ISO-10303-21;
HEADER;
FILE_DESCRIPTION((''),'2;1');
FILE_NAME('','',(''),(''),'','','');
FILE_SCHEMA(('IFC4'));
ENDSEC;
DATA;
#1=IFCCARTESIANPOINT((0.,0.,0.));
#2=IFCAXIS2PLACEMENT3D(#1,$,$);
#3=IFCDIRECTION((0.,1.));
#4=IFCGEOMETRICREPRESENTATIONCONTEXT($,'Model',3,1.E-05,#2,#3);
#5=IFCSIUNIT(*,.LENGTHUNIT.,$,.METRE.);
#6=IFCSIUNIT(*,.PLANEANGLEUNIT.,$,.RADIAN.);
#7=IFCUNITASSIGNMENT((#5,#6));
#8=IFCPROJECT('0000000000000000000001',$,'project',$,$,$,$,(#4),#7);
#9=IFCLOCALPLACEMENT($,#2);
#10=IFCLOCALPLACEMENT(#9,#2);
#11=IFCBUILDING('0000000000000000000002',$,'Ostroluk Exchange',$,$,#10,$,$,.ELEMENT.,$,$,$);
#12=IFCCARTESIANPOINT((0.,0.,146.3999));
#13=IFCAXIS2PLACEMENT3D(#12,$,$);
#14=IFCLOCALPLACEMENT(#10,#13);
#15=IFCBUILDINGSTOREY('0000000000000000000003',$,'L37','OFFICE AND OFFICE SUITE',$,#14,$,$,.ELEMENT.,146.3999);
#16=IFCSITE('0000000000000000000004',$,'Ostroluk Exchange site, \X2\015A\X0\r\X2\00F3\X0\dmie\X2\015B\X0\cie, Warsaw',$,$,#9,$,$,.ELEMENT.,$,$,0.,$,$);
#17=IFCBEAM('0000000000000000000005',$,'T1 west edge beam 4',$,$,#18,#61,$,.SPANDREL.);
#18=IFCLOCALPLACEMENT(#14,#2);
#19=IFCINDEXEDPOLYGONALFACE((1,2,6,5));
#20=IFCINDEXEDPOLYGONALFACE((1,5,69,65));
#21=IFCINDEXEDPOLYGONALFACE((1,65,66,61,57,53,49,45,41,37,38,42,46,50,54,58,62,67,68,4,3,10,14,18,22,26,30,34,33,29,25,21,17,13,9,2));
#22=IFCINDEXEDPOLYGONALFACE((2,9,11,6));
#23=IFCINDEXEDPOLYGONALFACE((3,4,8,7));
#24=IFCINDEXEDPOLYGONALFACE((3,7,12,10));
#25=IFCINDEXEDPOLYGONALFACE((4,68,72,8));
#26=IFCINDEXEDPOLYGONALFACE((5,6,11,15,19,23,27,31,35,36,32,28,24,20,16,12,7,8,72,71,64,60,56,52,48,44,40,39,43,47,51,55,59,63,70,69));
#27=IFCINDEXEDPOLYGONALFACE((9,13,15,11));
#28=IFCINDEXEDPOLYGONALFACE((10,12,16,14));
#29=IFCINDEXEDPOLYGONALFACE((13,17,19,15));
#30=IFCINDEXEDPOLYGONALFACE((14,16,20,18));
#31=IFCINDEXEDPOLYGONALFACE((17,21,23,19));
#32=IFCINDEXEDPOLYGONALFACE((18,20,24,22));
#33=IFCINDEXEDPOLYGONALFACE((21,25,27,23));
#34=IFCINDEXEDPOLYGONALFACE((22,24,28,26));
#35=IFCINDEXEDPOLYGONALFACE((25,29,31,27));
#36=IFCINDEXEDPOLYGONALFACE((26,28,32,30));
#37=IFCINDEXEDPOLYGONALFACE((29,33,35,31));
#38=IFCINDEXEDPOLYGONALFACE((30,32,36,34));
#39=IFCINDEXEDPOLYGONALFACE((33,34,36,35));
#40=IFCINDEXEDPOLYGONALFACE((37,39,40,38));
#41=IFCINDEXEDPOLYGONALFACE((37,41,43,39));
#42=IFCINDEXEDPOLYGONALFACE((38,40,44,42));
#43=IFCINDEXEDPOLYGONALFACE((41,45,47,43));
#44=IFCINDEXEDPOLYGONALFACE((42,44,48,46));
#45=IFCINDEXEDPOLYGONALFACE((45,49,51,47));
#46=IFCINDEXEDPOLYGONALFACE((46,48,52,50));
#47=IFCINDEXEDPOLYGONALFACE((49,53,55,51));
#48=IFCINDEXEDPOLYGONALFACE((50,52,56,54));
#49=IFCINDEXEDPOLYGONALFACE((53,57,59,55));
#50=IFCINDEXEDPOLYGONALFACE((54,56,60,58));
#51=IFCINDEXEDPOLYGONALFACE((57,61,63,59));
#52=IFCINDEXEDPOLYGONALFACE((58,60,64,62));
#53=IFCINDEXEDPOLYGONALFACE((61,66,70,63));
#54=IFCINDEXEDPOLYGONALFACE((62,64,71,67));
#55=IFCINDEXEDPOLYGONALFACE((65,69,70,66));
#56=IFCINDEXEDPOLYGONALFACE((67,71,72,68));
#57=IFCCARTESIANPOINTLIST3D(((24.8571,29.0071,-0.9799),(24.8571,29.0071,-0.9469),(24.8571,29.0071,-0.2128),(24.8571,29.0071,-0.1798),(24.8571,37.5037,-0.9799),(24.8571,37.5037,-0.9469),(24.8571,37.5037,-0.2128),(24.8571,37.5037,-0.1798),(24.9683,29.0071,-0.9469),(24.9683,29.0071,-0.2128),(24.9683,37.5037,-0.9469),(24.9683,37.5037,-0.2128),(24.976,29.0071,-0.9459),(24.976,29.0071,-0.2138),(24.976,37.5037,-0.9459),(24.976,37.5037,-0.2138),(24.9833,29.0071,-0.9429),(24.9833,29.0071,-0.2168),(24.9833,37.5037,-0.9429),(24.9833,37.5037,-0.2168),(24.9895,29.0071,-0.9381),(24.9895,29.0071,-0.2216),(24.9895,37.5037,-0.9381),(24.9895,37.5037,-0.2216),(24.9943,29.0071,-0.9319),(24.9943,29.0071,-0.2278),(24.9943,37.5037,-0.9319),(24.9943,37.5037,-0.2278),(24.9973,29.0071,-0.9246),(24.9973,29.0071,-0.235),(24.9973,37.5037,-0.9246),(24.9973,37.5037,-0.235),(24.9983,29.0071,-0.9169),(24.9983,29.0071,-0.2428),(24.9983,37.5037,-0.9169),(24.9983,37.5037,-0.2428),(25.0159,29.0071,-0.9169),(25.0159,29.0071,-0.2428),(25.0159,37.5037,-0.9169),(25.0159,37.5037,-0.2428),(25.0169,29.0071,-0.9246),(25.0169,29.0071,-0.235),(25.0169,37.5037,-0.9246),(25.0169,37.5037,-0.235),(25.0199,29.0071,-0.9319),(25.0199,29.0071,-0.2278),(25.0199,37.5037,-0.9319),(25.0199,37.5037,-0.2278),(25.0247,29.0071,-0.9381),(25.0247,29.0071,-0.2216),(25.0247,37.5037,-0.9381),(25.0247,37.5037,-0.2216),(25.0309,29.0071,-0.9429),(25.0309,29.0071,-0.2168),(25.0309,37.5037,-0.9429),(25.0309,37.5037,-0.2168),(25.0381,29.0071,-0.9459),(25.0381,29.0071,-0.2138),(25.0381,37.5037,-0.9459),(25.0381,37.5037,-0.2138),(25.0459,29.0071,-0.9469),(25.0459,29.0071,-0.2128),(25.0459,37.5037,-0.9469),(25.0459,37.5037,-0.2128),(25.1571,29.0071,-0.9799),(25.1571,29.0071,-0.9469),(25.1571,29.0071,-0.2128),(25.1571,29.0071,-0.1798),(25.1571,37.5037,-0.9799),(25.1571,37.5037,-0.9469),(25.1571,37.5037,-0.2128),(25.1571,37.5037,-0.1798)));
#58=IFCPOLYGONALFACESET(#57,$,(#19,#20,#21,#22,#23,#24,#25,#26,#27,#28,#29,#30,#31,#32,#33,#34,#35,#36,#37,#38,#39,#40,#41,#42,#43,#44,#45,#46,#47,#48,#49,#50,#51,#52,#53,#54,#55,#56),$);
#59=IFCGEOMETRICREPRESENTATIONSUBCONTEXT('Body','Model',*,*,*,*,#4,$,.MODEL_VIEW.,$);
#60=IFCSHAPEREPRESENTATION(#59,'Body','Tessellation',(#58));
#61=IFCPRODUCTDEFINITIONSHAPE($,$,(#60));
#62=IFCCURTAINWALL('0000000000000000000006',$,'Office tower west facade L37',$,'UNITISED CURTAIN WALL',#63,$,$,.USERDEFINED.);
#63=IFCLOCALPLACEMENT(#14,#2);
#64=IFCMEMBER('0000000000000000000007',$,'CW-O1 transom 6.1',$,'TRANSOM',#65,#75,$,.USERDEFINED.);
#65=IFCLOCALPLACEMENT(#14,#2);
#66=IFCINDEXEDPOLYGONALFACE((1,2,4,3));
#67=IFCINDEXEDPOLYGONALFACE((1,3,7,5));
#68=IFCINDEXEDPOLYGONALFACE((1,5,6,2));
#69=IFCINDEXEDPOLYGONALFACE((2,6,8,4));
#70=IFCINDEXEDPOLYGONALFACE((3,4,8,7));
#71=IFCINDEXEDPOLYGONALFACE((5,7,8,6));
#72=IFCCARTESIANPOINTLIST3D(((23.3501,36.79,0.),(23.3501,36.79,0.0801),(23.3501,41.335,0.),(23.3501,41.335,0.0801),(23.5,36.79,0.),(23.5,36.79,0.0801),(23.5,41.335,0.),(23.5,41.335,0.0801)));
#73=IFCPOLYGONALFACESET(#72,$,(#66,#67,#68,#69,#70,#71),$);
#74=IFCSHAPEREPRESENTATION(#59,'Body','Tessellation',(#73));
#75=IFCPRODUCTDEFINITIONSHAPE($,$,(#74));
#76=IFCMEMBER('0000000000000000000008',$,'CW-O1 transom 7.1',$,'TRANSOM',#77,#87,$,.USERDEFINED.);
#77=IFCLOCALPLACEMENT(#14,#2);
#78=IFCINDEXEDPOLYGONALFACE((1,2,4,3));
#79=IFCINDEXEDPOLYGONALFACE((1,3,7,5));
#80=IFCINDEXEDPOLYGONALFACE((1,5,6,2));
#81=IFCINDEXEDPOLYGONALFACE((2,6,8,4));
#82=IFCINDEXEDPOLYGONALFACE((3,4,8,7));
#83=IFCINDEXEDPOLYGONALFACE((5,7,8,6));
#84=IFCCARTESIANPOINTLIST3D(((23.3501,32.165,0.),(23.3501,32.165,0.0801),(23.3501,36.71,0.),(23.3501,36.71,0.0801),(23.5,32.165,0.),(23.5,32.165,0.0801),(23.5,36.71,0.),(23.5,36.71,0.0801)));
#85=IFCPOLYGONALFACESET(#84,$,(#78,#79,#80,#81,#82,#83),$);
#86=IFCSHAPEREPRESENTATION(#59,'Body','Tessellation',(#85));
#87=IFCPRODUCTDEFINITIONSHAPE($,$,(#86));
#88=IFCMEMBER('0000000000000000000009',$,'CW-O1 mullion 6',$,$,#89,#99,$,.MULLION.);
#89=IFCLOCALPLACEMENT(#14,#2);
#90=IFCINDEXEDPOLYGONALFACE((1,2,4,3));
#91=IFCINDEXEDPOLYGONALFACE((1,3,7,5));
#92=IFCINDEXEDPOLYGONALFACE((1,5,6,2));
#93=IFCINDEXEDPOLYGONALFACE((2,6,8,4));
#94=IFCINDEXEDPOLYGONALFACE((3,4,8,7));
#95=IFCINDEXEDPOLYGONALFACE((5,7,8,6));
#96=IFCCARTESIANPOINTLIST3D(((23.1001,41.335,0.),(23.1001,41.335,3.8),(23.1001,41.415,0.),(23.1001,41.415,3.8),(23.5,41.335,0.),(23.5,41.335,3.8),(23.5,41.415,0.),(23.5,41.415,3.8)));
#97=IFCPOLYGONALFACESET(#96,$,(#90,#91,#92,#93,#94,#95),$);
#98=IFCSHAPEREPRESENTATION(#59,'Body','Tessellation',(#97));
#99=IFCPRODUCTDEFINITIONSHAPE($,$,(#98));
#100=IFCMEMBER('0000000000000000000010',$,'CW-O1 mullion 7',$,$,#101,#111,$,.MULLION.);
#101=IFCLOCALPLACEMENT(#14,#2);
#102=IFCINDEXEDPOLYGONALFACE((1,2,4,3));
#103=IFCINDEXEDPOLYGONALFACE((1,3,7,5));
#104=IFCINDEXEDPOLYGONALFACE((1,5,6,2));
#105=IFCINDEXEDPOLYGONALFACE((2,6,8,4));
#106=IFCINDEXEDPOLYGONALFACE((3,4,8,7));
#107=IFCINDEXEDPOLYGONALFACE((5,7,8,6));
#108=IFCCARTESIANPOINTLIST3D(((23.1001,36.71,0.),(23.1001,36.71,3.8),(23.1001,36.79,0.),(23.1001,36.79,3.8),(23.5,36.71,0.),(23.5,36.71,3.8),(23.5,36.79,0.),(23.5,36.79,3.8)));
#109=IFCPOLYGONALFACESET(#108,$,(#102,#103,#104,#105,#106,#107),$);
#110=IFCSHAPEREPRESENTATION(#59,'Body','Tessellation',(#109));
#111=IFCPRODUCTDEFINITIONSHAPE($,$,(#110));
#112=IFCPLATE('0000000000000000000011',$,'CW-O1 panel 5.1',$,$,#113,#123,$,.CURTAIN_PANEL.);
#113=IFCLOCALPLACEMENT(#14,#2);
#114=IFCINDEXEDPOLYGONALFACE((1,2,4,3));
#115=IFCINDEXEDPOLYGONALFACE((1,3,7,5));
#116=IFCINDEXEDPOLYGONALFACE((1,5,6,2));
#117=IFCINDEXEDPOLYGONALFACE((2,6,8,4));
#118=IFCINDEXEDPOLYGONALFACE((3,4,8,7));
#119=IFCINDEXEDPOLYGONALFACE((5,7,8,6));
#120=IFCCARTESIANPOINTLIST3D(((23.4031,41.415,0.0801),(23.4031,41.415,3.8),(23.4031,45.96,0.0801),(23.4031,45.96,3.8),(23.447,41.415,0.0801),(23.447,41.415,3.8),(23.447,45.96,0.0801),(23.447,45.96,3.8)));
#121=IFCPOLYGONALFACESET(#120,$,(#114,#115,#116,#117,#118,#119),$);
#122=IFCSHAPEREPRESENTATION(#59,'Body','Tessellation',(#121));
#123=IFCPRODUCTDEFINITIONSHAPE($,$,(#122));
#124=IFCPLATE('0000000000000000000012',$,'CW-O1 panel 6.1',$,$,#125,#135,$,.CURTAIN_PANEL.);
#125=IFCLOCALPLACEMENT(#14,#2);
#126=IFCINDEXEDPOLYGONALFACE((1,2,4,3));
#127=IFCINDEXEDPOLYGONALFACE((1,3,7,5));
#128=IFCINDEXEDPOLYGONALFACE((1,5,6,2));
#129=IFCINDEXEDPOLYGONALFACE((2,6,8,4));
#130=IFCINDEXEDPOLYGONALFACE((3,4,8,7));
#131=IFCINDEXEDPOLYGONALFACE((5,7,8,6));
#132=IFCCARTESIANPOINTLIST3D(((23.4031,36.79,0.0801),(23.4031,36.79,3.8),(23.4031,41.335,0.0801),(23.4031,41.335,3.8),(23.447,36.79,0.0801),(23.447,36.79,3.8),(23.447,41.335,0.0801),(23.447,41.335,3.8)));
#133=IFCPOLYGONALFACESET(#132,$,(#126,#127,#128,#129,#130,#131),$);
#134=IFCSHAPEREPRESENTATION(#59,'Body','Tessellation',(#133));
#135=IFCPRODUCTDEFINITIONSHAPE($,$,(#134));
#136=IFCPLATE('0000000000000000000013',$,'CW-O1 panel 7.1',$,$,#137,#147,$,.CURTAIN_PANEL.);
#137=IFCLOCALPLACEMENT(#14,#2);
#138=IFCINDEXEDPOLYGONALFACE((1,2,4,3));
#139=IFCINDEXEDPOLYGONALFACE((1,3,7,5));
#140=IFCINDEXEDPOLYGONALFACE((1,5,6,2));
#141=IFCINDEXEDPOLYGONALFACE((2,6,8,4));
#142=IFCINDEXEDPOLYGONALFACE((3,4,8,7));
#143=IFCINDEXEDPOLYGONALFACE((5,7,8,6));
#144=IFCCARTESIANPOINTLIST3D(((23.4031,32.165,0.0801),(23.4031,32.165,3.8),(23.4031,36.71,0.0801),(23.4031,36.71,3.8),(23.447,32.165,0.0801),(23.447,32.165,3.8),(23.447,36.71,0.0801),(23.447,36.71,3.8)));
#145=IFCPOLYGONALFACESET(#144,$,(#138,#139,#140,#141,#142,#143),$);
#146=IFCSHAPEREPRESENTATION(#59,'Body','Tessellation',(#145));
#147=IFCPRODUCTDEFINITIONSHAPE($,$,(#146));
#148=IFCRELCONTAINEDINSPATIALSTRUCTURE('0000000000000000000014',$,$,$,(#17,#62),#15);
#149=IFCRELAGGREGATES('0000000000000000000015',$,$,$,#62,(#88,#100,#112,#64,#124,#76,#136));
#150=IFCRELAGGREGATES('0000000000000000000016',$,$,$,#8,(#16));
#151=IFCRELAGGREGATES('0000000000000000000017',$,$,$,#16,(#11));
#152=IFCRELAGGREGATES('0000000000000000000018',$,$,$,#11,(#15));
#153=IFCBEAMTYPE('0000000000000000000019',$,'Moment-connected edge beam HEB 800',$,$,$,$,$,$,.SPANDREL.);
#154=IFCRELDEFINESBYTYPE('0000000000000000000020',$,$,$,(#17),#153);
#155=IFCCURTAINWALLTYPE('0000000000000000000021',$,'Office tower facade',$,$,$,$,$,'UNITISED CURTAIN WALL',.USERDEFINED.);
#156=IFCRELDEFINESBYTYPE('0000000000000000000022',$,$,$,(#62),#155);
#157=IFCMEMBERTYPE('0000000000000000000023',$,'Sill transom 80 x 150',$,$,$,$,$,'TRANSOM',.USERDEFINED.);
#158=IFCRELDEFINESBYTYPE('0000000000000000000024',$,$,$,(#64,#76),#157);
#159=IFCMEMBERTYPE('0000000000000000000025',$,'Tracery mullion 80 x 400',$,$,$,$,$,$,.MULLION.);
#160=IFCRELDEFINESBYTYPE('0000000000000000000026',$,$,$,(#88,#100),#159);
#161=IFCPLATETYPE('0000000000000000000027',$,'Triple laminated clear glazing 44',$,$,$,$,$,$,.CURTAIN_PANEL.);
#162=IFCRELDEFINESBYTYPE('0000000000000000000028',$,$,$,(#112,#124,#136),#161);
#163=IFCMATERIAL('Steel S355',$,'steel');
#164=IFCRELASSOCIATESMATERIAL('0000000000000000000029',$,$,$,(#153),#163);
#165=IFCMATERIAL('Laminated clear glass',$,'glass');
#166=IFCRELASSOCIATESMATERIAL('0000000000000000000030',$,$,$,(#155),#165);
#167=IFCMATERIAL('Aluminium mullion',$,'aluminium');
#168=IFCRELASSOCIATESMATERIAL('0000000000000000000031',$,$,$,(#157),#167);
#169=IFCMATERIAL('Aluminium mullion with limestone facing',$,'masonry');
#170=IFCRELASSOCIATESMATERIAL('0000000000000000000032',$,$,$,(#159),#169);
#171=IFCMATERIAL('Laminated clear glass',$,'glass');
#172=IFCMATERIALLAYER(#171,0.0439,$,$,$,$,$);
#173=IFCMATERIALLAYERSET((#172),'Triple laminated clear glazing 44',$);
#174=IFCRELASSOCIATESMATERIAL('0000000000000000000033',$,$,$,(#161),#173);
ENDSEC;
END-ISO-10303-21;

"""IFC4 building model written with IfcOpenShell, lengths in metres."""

from ifc_helpers import new_model, si_unit, direction, frame, origin, origin_2d, place, context, subcontext, project, spatial, rectangle, i_section, extrude, material, layer, layer_set, material_profile, profile_set, type_object, element, aggregate, save


model = new_model("IFC4")

# Units and contexts
model_context = context("Model", 3, precision=1e-05, world=origin(), true_north=direction((0.0, 1.0)))
body_context = subcontext(model_context, "Body", "Model", "MODEL_VIEW")
ifc_project = project(units=[si_unit("LENGTHUNIT", "METRE"), si_unit("PLANEANGLEUNIT", "RADIAN")], contexts=[model_context])

# Site, building, storey
site_placement = place(None, origin())
site = spatial("IfcSite", under=ifc_project, at=site_placement, Name="Ostroluk Exchange site, Śródmieście, Warsaw", CompositionType="ELEMENT", RefElevation=0.0)
building_placement = place(site_placement, origin())
building = spatial("IfcBuilding", under=site, at=building_placement, Name="Ostroluk Exchange", CompositionType="ELEMENT")
storey_placement = place(building_placement, frame((0.0, 0.0, 146.3999)))
storey = spatial("IfcBuildingStorey", under=building, at=storey_placement, Name="L37", Description="OFFICE AND OFFICE SUITE", CompositionType="ELEMENT", Elevation=146.3999)

# Beam
ifc_material_1 = material(Name="Steel S355", Category="steel")
ifc_material_profile_1 = material_profile(ifc_material_1, i_section(OverallWidth=0.3, OverallDepth=0.8, WebThickness=0.0176, FlangeThickness=0.033, FilletRadius=0.03, at=origin_2d()), Name="HEB 800")
ifc_profile_set_1 = profile_set([ifc_material_profile_1], Name="Steel S355")
beam_type_1 = type_object("IfcBeamType", Name="Moment-connected edge beam HEB 800", PredefinedType="SPANDREL", material=ifc_profile_set_1)
beam_placement = place(storey_placement, frame((25.0071, 37.5037, -0.5798), z_axis=(0.0, -1.0, 0.0), x_axis=(1.0, 0.0, 0.0)))
element("IfcBeam", 1, at=beam_placement, inside=storey, type_object=beam_type_1, Name="T1 west edge beam 4", PredefinedType="SPANDREL", context=body_context, shape_type="SweptSolid", body=[
    extrude(i_section(OverallWidth=0.3, OverallDepth=0.8, WebThickness=0.0176, FlangeThickness=0.033, FilletRadius=0.03, at=origin_2d()), origin(), (0.0, 0.0, 1.0), 8.4966),
])

# Curtain wall, members, plates
ifc_material_2 = material(Name="Laminated clear glass", Category="glass")
curtain_wall_type = type_object("IfcCurtainWallType", Name="Office tower facade", ElementType="UNITISED CURTAIN WALL", PredefinedType="USERDEFINED", material=ifc_material_2)
curtain_wall_placement = place(storey_placement, origin())
curtain_wall = element("IfcCurtainWall", 2, at=curtain_wall_placement, inside=storey, type_object=curtain_wall_type, Name="Office tower west facade L37", ObjectType="UNITISED CURTAIN WALL", PredefinedType="USERDEFINED")
ifc_material_3 = material(Name="Aluminium mullion", Category="aluminium")
ifc_material_profile_2 = material_profile(ifc_material_3, rectangle(XDim=0.1499, YDim=0.0801, at=origin_2d()), Name="Sill transom 80 x 150")
ifc_profile_set_2 = profile_set([ifc_material_profile_2], Name="Aluminium mullion")
member_type_1 = type_object("IfcMemberType", Name="Sill transom 80 x 150", ElementType="TRANSOM", PredefinedType="USERDEFINED", material=ifc_profile_set_2)
member_1_placement = place(storey_placement, frame((23.425, 41.335, 0.04), z_axis=(0.0, -1.0, 0.0), x_axis=(1.0, 0.0, 0.0)))
member_1 = element("IfcMember", 3, at=member_1_placement, type_object=member_type_1, Name="CW-O1 transom 6.1", ObjectType="TRANSOM", PredefinedType="USERDEFINED", context=body_context, shape_type="SweptSolid", body=[
    extrude(rectangle(XDim=0.1499, YDim=0.0801, at=origin_2d()), origin(), (0.0, 0.0, 1.0), 4.5449),
])
member_2_placement = place(storey_placement, frame((23.425, 36.71, 0.04), z_axis=(0.0, -1.0, 0.0), x_axis=(1.0, 0.0, 0.0)))
member_2 = element("IfcMember", 4, at=member_2_placement, type_object=member_type_1, Name="CW-O1 transom 7.1", ObjectType="TRANSOM", PredefinedType="USERDEFINED", context=body_context, shape_type="SweptSolid", body=[
    extrude(rectangle(XDim=0.1499, YDim=0.0801, at=origin_2d()), origin(), (0.0, 0.0, 1.0), 4.5449),
])
ifc_material_4 = material(Name="Aluminium mullion with limestone facing", Category="masonry")
ifc_material_profile_3 = material_profile(ifc_material_4, rectangle(XDim=0.3999, YDim=0.0801, at=origin_2d()), Name="Tracery mullion 80 x 400")
ifc_profile_set_3 = profile_set([ifc_material_profile_3], Name="Aluminium mullion with limestone facing")
member_type_2 = type_object("IfcMemberType", Name="Tracery mullion 80 x 400", PredefinedType="MULLION", material=ifc_profile_set_3)
member_3_placement = place(storey_placement, frame((23.3, 41.375, 0.0), z_axis=(0.0, 0.0, 1.0), x_axis=(1.0, 0.0, 0.0)))
member_3 = element("IfcMember", 5, at=member_3_placement, type_object=member_type_2, Name="CW-O1 mullion 6", PredefinedType="MULLION", context=body_context, shape_type="SweptSolid", body=[
    extrude(rectangle(XDim=0.3999, YDim=0.0801, at=origin_2d()), origin(), (0.0, 0.0, 1.0), 3.8),
])
member_4_placement = place(storey_placement, frame((23.3, 36.75, 0.0), z_axis=(0.0, 0.0, 1.0), x_axis=(1.0, 0.0, 0.0)))
member_4 = element("IfcMember", 6, at=member_4_placement, type_object=member_type_2, Name="CW-O1 mullion 7", PredefinedType="MULLION", context=body_context, shape_type="SweptSolid", body=[
    extrude(rectangle(XDim=0.3999, YDim=0.0801, at=origin_2d()), origin(), (0.0, 0.0, 1.0), 3.8),
])
ifc_material_5 = material(Name="Laminated clear glass", Category="glass")
ifc_layer_1 = layer(ifc_material_5, 0.0439)
ifc_layer_set_1 = layer_set([ifc_layer_1], Name="Triple laminated clear glazing 44")
plate_type = type_object("IfcPlateType", Name="Triple laminated clear glazing 44", PredefinedType="CURTAIN_PANEL", material=ifc_layer_set_1)
plate_1_placement = place(storey_placement, frame((23.425, 43.6875, 0.0801), z_axis=(0.0, 0.0, 1.0), x_axis=(0.0, -1.0, 0.0)))
plate_1 = element("IfcPlate", 7, at=plate_1_placement, type_object=plate_type, Name="CW-O1 panel 5.1", PredefinedType="CURTAIN_PANEL", context=body_context, shape_type="SweptSolid", body=[
    extrude(rectangle(XDim=4.5449, YDim=0.0439, at=origin_2d()), origin(), (0.0, 0.0, 1.0), 3.72),
])
plate_2_placement = place(storey_placement, frame((23.425, 39.0625, 0.0801), z_axis=(0.0, 0.0, 1.0), x_axis=(0.0, -1.0, 0.0)))
plate_2 = element("IfcPlate", 8, at=plate_2_placement, type_object=plate_type, Name="CW-O1 panel 6.1", PredefinedType="CURTAIN_PANEL", context=body_context, shape_type="SweptSolid", body=[
    extrude(rectangle(XDim=4.5449, YDim=0.0439, at=origin_2d()), origin(), (0.0, 0.0, 1.0), 3.72),
])
plate_3_placement = place(storey_placement, frame((23.425, 34.4375, 0.0801), z_axis=(0.0, 0.0, 1.0), x_axis=(0.0, -1.0, 0.0)))
plate_3 = element("IfcPlate", 9, at=plate_3_placement, type_object=plate_type, Name="CW-O1 panel 7.1", PredefinedType="CURTAIN_PANEL", context=body_context, shape_type="SweptSolid", body=[
    extrude(rectangle(XDim=4.5449, YDim=0.0439, at=origin_2d()), origin(), (0.0, 0.0, 1.0), 3.72),
])
aggregate(curtain_wall, [member_3, member_4, plate_1, member_1, plate_2, member_2, plate_3])

save(model, "model.ifc")
